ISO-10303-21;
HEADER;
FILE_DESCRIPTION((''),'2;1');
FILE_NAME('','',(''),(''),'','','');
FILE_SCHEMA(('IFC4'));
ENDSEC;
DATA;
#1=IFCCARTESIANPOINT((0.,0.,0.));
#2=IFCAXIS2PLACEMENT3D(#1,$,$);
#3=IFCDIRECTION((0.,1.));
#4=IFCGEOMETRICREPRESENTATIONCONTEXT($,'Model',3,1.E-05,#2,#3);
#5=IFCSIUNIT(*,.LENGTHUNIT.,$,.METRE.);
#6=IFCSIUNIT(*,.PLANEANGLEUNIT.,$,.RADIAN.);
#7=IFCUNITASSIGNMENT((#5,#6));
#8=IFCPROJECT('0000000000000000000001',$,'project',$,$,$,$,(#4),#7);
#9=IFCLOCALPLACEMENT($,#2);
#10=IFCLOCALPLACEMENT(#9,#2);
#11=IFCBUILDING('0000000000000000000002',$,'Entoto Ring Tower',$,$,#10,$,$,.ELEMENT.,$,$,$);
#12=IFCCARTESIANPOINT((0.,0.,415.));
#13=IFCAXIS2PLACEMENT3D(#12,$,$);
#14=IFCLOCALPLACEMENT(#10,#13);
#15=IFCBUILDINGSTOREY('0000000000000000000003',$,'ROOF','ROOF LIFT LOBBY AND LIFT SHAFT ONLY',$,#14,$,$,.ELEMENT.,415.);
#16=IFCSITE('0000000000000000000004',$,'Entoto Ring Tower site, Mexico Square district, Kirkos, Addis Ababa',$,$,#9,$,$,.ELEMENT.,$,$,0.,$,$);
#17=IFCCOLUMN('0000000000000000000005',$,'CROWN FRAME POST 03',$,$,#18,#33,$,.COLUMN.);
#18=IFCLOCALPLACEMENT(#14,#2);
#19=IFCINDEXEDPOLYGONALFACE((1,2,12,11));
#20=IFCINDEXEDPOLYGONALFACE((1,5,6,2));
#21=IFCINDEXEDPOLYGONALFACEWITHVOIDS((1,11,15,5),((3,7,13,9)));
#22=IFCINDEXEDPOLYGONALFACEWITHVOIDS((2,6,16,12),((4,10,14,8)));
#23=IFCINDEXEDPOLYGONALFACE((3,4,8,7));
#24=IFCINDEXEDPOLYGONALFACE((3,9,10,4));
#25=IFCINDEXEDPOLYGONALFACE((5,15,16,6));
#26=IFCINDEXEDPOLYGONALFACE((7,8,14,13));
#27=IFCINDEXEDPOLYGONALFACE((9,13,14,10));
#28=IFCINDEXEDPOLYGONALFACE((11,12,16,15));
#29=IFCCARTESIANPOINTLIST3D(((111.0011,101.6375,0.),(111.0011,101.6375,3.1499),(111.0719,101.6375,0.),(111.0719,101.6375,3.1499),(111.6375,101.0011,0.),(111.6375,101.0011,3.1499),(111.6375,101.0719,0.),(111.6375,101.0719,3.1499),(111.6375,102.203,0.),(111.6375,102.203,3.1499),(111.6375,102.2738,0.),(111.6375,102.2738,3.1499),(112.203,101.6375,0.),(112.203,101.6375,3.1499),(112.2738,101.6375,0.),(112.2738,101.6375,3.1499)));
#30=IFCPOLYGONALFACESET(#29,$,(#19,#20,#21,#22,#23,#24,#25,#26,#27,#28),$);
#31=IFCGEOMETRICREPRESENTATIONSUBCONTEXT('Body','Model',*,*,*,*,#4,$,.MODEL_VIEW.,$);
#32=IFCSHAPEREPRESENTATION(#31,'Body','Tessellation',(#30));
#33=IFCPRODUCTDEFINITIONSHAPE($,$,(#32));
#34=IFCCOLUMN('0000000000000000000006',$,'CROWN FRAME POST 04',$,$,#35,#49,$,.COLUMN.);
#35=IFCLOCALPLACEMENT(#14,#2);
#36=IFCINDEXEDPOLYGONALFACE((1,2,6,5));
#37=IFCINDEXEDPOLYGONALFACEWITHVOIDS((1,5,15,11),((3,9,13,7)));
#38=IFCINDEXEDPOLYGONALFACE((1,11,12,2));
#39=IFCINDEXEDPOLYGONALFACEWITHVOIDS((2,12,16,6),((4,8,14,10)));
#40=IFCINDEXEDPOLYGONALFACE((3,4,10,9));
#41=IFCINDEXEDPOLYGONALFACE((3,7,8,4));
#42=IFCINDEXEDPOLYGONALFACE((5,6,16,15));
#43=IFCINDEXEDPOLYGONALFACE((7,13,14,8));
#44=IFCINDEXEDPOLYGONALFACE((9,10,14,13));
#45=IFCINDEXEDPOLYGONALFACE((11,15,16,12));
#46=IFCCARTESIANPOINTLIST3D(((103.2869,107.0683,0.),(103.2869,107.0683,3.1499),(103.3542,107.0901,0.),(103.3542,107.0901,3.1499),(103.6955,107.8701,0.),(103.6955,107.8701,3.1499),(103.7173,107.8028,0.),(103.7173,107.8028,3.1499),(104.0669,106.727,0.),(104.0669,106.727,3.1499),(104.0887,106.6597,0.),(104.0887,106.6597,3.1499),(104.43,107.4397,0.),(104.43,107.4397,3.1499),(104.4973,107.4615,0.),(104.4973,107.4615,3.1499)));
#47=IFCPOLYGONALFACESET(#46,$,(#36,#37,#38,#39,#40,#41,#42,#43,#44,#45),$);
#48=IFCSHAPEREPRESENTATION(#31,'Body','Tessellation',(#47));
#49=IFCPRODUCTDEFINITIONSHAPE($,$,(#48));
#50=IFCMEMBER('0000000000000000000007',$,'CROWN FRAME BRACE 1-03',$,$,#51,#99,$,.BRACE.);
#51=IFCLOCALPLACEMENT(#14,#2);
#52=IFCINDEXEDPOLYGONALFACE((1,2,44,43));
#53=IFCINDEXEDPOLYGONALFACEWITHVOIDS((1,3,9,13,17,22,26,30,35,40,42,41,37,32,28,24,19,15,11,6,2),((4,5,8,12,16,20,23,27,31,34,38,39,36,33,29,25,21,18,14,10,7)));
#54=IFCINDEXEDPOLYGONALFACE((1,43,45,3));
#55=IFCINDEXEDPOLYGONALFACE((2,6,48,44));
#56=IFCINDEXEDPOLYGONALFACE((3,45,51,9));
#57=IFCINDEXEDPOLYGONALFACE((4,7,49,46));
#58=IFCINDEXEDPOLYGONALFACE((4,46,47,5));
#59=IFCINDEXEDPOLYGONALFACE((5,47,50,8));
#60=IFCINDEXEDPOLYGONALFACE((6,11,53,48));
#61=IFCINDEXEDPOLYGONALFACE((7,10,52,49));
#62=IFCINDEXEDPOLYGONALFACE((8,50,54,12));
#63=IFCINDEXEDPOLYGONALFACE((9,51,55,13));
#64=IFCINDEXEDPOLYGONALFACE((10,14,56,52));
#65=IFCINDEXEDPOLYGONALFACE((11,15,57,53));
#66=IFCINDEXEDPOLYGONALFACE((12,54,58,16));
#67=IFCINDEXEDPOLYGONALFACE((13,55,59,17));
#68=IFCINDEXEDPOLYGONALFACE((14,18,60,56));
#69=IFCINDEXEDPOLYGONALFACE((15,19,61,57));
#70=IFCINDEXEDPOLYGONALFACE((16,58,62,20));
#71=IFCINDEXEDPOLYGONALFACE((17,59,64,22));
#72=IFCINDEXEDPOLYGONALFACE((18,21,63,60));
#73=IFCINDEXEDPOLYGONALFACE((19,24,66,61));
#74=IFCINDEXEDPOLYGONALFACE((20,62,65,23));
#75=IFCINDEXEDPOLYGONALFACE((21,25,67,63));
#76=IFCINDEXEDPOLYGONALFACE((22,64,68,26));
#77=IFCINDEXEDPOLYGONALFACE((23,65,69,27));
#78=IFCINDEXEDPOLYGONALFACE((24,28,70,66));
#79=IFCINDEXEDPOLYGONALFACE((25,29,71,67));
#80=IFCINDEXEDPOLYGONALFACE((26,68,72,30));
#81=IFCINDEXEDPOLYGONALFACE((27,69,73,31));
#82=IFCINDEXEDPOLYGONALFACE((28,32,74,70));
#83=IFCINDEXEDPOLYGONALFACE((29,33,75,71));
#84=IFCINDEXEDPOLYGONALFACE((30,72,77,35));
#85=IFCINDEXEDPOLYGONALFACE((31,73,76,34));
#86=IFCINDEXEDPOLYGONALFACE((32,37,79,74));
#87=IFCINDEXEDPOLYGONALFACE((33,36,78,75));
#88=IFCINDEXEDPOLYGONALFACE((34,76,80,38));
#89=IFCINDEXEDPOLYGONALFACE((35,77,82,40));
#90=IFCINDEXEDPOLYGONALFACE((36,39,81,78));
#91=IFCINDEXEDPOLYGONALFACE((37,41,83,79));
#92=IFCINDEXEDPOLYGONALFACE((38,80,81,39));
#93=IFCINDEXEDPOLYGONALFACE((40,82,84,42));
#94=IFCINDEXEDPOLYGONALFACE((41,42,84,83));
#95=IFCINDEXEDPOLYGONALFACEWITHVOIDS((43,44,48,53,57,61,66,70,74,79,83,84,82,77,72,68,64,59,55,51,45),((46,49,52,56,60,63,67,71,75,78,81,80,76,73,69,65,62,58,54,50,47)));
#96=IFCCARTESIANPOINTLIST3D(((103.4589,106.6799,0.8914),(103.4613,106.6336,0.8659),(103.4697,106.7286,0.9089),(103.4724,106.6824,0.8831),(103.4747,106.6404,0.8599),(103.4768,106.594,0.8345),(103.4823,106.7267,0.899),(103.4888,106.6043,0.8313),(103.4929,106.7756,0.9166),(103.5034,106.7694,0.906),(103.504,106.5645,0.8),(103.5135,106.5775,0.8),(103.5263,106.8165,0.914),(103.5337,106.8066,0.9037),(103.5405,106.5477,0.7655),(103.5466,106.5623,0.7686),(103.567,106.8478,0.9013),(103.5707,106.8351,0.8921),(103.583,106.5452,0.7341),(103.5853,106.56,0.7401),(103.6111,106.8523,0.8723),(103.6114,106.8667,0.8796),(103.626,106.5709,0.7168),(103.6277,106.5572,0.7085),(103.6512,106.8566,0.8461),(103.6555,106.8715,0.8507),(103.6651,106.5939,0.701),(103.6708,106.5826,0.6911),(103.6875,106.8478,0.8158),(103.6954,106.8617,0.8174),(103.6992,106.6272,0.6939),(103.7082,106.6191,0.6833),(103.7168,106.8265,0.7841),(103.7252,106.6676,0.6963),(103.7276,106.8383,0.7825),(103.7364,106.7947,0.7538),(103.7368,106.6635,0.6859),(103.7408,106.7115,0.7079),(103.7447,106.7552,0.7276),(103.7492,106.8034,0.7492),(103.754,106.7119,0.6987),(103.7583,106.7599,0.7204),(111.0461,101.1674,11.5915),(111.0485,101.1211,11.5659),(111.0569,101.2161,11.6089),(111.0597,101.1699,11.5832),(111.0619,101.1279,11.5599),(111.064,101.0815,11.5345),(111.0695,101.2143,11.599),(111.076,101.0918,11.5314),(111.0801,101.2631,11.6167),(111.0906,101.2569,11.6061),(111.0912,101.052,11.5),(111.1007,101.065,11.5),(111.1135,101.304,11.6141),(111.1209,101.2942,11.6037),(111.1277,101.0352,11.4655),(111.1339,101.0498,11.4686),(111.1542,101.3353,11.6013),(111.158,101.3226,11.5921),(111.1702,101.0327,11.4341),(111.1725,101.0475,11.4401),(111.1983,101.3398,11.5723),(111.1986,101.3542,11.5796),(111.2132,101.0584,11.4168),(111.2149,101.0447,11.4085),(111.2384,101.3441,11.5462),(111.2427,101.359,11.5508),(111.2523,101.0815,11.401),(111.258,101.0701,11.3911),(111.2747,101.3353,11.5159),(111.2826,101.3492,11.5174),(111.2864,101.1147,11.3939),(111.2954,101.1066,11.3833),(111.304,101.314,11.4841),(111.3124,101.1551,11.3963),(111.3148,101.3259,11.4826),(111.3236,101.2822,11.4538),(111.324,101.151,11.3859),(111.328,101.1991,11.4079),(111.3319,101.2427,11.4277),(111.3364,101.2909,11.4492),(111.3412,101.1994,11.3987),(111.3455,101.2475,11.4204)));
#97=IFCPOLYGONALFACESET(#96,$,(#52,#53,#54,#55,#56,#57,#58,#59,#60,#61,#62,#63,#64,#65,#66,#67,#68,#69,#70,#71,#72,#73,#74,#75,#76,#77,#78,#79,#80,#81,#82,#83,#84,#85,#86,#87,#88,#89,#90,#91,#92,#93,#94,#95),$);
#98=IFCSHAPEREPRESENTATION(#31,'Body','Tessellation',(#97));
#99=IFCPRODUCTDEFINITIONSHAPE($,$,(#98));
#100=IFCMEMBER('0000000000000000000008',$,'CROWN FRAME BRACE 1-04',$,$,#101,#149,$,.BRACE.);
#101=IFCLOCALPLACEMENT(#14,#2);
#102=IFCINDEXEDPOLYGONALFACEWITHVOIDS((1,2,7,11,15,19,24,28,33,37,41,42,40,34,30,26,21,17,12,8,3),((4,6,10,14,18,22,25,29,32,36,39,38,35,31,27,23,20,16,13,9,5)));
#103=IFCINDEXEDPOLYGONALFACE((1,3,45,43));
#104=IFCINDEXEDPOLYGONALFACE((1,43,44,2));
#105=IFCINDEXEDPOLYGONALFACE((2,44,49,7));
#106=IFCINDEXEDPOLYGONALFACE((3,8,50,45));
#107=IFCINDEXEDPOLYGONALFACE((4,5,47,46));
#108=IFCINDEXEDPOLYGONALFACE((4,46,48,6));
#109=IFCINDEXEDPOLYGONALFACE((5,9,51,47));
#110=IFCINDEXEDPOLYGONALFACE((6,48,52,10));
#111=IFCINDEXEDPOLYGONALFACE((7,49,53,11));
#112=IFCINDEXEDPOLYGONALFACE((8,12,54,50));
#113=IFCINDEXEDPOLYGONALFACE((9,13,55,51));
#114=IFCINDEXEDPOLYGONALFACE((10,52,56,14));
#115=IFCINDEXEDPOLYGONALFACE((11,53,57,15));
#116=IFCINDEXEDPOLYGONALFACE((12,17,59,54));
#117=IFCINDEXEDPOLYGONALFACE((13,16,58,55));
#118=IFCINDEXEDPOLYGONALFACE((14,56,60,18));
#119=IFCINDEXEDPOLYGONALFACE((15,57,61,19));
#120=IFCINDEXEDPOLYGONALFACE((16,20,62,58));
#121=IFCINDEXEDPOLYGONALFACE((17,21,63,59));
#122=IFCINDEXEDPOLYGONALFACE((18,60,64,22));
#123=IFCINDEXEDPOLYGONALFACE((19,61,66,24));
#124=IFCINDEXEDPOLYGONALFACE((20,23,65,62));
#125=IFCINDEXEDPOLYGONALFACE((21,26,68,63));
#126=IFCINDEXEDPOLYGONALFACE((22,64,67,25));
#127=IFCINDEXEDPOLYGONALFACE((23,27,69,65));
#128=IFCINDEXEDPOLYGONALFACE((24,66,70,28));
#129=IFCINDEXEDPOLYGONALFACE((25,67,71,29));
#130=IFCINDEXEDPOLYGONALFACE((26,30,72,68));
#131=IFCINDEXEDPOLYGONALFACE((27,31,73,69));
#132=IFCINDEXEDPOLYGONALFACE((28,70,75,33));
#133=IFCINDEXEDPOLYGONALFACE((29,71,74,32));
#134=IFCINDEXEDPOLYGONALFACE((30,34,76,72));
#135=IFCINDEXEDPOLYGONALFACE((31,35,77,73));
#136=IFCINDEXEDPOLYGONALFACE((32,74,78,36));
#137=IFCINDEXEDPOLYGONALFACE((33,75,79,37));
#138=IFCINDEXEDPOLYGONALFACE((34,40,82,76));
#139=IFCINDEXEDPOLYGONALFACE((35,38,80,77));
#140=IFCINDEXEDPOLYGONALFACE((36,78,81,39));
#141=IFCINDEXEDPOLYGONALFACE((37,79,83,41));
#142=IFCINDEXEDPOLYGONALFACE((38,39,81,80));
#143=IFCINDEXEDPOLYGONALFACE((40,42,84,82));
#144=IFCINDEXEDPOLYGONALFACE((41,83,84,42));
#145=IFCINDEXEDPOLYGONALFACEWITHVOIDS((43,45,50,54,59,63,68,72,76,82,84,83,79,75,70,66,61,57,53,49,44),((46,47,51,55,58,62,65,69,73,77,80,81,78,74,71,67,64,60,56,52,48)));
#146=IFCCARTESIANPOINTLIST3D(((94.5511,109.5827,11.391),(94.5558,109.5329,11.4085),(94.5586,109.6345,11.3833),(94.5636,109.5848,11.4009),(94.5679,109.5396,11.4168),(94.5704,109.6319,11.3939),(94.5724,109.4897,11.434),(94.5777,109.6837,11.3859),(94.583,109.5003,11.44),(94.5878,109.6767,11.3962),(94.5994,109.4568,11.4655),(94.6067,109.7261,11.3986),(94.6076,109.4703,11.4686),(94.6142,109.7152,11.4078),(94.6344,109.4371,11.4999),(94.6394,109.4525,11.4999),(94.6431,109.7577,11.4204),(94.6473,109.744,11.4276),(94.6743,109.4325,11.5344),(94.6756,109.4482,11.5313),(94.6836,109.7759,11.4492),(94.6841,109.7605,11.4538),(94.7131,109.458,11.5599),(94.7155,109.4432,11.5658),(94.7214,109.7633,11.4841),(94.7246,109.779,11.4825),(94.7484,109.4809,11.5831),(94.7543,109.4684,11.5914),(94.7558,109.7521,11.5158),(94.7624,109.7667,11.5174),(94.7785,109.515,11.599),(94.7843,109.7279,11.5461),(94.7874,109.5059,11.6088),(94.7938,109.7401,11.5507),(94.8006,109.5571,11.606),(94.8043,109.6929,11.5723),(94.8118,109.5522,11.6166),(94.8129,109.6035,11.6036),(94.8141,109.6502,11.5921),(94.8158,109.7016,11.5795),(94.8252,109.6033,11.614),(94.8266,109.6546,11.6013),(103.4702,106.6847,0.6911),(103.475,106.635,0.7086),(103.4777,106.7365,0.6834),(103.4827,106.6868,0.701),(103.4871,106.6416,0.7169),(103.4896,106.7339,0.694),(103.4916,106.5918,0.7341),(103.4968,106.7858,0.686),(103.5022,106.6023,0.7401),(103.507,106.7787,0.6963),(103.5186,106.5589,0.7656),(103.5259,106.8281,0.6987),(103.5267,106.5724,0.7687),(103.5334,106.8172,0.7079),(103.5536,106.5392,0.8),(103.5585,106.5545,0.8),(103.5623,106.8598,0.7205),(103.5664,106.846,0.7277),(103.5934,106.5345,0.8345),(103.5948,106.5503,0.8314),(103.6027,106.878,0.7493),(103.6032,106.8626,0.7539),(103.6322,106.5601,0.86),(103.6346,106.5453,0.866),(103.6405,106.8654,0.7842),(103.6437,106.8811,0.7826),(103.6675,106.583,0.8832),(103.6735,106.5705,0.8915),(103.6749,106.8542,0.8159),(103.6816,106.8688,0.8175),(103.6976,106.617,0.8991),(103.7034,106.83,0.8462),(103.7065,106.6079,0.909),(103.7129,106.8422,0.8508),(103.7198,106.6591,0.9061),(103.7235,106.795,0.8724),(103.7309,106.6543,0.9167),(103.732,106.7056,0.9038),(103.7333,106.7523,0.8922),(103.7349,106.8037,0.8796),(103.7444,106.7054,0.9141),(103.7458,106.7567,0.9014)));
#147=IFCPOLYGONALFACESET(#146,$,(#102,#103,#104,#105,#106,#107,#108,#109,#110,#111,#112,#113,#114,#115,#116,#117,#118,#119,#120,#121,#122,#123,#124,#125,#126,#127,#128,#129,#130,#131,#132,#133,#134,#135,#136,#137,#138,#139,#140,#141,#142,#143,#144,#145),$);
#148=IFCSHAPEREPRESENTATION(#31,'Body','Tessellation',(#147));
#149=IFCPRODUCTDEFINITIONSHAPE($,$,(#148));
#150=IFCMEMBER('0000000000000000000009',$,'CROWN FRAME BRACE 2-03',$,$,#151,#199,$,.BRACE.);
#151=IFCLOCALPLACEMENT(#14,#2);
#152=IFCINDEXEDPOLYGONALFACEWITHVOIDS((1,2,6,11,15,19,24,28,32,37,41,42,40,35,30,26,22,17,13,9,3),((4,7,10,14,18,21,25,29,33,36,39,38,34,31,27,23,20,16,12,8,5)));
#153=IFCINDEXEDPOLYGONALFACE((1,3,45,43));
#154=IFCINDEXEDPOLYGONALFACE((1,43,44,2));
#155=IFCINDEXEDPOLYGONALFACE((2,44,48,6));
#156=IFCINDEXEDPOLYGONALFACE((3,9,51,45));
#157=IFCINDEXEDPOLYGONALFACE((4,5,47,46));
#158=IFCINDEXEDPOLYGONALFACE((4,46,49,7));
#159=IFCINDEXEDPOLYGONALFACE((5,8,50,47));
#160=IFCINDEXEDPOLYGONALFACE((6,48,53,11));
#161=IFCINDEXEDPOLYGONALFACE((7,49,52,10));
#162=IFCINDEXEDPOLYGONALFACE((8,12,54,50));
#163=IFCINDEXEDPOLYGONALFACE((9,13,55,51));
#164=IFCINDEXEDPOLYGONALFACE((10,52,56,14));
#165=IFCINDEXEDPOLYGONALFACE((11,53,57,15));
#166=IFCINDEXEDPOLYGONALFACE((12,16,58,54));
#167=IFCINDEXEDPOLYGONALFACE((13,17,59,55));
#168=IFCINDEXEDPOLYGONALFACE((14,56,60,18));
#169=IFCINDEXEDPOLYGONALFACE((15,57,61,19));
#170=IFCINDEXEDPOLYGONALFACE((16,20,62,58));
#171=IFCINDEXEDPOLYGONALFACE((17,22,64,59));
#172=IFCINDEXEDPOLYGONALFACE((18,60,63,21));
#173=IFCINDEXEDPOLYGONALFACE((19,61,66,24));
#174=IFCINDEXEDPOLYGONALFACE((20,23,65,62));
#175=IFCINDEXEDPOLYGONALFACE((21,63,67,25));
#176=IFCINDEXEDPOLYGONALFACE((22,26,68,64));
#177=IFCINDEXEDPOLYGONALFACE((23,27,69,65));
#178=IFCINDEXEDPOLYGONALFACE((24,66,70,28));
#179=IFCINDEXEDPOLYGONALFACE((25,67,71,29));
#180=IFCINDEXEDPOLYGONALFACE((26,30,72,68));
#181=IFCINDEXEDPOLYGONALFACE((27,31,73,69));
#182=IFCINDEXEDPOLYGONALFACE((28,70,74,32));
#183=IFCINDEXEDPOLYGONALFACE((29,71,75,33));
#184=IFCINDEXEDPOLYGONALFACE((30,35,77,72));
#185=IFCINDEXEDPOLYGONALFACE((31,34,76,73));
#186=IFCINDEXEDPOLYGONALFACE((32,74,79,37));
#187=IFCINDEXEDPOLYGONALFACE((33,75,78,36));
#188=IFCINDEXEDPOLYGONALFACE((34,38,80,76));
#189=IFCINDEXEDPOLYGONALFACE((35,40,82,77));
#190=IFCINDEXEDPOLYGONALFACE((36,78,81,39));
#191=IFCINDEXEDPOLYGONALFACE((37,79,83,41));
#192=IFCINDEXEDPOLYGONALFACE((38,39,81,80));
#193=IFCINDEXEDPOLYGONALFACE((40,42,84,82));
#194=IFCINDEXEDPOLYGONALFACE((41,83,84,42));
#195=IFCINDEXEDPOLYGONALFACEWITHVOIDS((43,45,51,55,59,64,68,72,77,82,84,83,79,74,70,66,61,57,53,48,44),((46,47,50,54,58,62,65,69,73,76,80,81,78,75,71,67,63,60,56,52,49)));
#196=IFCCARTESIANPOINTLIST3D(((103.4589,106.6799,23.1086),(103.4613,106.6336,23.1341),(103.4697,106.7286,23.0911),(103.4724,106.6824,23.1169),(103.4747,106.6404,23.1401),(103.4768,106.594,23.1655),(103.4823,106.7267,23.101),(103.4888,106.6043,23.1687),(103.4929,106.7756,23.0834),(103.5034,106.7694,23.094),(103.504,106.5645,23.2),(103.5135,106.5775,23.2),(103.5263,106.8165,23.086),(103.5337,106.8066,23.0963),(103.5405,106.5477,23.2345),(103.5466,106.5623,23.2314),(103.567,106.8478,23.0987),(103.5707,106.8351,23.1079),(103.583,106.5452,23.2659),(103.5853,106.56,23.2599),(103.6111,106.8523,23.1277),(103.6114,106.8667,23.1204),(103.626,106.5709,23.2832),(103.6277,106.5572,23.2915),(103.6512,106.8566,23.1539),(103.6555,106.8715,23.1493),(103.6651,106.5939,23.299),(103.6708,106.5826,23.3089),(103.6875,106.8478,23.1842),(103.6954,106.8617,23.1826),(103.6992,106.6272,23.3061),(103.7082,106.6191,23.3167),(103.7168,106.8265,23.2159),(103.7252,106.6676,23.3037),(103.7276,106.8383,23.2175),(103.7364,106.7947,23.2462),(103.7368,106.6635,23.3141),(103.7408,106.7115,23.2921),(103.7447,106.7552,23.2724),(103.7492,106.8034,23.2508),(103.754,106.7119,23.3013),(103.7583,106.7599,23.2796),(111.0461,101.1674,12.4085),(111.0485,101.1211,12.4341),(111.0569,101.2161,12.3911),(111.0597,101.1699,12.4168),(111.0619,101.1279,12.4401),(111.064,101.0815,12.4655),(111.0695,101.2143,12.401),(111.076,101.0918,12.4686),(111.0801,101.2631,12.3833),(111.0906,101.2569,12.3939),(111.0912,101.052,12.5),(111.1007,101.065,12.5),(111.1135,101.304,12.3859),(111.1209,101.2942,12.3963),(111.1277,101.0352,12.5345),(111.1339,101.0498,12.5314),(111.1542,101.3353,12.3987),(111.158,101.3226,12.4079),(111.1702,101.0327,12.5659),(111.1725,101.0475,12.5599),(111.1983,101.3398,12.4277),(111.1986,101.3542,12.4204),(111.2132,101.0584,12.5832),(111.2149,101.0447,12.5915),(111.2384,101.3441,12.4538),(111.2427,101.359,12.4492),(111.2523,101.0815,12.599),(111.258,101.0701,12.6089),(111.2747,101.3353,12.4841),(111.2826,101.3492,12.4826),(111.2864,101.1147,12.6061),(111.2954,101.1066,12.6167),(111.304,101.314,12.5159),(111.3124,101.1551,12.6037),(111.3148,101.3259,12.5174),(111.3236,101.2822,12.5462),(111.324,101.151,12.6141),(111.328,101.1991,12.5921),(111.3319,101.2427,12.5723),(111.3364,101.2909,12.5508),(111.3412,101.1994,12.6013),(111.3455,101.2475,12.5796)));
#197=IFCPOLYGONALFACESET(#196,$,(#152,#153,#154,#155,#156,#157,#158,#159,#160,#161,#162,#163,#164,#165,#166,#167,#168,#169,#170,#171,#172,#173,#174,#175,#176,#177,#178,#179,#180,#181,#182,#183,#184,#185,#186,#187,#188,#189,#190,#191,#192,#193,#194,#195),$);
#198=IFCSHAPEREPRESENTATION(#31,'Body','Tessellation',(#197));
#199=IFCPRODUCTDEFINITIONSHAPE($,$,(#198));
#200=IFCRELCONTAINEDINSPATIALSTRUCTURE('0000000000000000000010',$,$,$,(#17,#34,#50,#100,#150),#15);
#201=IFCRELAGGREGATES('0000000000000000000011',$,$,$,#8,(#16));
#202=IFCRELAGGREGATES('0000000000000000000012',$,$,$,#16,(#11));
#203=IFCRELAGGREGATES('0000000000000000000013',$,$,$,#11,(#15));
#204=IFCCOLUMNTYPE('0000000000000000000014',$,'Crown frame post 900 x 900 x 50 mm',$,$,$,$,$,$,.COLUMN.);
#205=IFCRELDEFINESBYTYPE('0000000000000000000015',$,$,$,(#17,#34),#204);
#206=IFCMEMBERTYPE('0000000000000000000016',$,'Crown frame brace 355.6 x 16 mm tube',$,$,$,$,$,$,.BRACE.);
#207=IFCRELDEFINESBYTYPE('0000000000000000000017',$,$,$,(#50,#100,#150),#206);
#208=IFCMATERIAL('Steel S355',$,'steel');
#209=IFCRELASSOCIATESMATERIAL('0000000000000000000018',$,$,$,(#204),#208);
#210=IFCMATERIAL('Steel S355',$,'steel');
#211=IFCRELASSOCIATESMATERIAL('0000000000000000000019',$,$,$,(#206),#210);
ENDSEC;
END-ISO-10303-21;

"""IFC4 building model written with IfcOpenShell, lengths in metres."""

from ifc_helpers import new_model, si_unit, direction, frame, origin, origin_2d, place, context, subcontext, project, spatial, hollow_rectangle, hollow_circle, extrude, material, material_profile, profile_set, type_object, element, save


model = new_model("IFC4")

# Units and contexts
model_context = context("Model", 3, precision=1e-05, world=origin(), true_north=direction((0.0, 1.0)))
body_context = subcontext(model_context, "Body", "Model", "MODEL_VIEW")
ifc_project = project(units=[si_unit("LENGTHUNIT", "METRE"), si_unit("PLANEANGLEUNIT", "RADIAN")], contexts=[model_context])

# Site, building, storey
site_placement = place(None, origin())
site = spatial("IfcSite", under=ifc_project, at=site_placement, Name="Entoto Ring Tower site, Mexico Square district, Kirkos, Addis Ababa", CompositionType="ELEMENT", RefElevation=0.0)
building_placement = place(site_placement, origin())
building = spatial("IfcBuilding", under=site, at=building_placement, Name="Entoto Ring Tower", CompositionType="ELEMENT")
storey_placement = place(building_placement, frame((0.0, 0.0, 415.0)))
storey = spatial("IfcBuildingStorey", under=building, at=storey_placement, Name="ROOF", Description="ROOF LIFT LOBBY AND LIFT SHAFT ONLY", CompositionType="ELEMENT", Elevation=415.0)

# Columns
ifc_material_1 = material(Name="Steel S355", Category="steel")
ifc_material_profile_1 = material_profile(ifc_material_1, hollow_rectangle(XDim=0.8999, YDim=0.8999, WallThickness=0.05, at=origin_2d()), Name="Crown frame post 900 x 900 x 50 mm")
ifc_profile_set_1 = profile_set([ifc_material_profile_1], Name="Steel S355")
column_type = type_object("IfcColumnType", Name="Crown frame post 900 x 900 x 50 mm", PredefinedType="COLUMN", material=ifc_profile_set_1)
for number, where, z_axis, x_axis, name in (
    (1, (111.6375, 101.6375, 0.0), (0.0, 0.0, 1.0), (-0.707107, 0.707107, 0.0), "CROWN FRAME POST 03"),
    (2, (103.8921, 107.2649, 0.0), (0.0, 0.0, 1.0), (-0.891007, 0.45399, 0.0), "CROWN FRAME POST 04"),
):
    element("IfcColumn", number, at=place(storey_placement, frame(where, z_axis=z_axis, x_axis=x_axis)), inside=storey, type_object=column_type, Name=name, PredefinedType="COLUMN", context=body_context, shape_type="SweptSolid", body=[
        extrude(hollow_rectangle(XDim=0.8999, YDim=0.8999, WallThickness=0.05, at=origin_2d()), origin(), (0.0, 0.0, 1.0), 3.1499),
    ])

# Members
ifc_material_2 = material(Name="Steel S355", Category="steel")
ifc_material_profile_2 = material_profile(ifc_material_2, hollow_circle(Radius=0.1775, WallThickness=0.0161, at=origin_2d()), Name="Crown frame brace 355.6 x 16 mm tube")
ifc_profile_set_2 = profile_set([ifc_material_profile_2], Name="Steel S355")
member_type_1 = type_object("IfcMemberType", Name="Crown frame brace 355.6 x 16 mm tube", PredefinedType="BRACE", material=ifc_profile_set_2)
member_1_placement = place(storey_placement, frame((111.1956, 101.1956, 11.5), z_axis=(-0.533249, 0.387432, -0.752025), x_axis=(-0.587789, -0.809014, 0.0)))
element("IfcMember", 3, at=member_1_placement, inside=storey, type_object=member_type_1, Name="CROWN FRAME BRACE 1-03", PredefinedType="BRACE", context=body_context, shape_type="SweptSolid", body=[
    extrude(hollow_circle(Radius=0.1775, WallThickness=0.0161, at=origin_2d()), origin(), (0.0, 0.0, 1.0), 14.2283),
])
member_2_placement = place(storey_placement, frame((103.6084, 106.708, 0.8), z_axis=(-0.626871, 0.203678, 0.752029), x_axis=(-0.30901, -0.951059, 0.0)))
element("IfcMember", 4, at=member_2_placement, inside=storey, type_object=member_type_1, Name="CROWN FRAME BRACE 1-04", PredefinedType="BRACE", context=body_context, shape_type="SweptSolid", body=[
    extrude(hollow_circle(Radius=0.1775, WallThickness=0.0161, at=origin_2d()), origin(), (0.0, 0.0, 1.0), 14.228),
])
member_3_placement = place(storey_placement, frame((111.1956, 101.1956, 12.5), z_axis=(-0.533249, 0.387432, 0.752025), x_axis=(-0.587789, -0.809014, 0.0)))
element("IfcMember", 5, at=member_3_placement, inside=storey, type_object=member_type_1, Name="CROWN FRAME BRACE 2-03", PredefinedType="BRACE", context=body_context, shape_type="SweptSolid", body=[
    extrude(hollow_circle(Radius=0.1775, WallThickness=0.0161, at=origin_2d()), origin(), (0.0, 0.0, 1.0), 14.2283),
])

save(model, "model.ifc")
